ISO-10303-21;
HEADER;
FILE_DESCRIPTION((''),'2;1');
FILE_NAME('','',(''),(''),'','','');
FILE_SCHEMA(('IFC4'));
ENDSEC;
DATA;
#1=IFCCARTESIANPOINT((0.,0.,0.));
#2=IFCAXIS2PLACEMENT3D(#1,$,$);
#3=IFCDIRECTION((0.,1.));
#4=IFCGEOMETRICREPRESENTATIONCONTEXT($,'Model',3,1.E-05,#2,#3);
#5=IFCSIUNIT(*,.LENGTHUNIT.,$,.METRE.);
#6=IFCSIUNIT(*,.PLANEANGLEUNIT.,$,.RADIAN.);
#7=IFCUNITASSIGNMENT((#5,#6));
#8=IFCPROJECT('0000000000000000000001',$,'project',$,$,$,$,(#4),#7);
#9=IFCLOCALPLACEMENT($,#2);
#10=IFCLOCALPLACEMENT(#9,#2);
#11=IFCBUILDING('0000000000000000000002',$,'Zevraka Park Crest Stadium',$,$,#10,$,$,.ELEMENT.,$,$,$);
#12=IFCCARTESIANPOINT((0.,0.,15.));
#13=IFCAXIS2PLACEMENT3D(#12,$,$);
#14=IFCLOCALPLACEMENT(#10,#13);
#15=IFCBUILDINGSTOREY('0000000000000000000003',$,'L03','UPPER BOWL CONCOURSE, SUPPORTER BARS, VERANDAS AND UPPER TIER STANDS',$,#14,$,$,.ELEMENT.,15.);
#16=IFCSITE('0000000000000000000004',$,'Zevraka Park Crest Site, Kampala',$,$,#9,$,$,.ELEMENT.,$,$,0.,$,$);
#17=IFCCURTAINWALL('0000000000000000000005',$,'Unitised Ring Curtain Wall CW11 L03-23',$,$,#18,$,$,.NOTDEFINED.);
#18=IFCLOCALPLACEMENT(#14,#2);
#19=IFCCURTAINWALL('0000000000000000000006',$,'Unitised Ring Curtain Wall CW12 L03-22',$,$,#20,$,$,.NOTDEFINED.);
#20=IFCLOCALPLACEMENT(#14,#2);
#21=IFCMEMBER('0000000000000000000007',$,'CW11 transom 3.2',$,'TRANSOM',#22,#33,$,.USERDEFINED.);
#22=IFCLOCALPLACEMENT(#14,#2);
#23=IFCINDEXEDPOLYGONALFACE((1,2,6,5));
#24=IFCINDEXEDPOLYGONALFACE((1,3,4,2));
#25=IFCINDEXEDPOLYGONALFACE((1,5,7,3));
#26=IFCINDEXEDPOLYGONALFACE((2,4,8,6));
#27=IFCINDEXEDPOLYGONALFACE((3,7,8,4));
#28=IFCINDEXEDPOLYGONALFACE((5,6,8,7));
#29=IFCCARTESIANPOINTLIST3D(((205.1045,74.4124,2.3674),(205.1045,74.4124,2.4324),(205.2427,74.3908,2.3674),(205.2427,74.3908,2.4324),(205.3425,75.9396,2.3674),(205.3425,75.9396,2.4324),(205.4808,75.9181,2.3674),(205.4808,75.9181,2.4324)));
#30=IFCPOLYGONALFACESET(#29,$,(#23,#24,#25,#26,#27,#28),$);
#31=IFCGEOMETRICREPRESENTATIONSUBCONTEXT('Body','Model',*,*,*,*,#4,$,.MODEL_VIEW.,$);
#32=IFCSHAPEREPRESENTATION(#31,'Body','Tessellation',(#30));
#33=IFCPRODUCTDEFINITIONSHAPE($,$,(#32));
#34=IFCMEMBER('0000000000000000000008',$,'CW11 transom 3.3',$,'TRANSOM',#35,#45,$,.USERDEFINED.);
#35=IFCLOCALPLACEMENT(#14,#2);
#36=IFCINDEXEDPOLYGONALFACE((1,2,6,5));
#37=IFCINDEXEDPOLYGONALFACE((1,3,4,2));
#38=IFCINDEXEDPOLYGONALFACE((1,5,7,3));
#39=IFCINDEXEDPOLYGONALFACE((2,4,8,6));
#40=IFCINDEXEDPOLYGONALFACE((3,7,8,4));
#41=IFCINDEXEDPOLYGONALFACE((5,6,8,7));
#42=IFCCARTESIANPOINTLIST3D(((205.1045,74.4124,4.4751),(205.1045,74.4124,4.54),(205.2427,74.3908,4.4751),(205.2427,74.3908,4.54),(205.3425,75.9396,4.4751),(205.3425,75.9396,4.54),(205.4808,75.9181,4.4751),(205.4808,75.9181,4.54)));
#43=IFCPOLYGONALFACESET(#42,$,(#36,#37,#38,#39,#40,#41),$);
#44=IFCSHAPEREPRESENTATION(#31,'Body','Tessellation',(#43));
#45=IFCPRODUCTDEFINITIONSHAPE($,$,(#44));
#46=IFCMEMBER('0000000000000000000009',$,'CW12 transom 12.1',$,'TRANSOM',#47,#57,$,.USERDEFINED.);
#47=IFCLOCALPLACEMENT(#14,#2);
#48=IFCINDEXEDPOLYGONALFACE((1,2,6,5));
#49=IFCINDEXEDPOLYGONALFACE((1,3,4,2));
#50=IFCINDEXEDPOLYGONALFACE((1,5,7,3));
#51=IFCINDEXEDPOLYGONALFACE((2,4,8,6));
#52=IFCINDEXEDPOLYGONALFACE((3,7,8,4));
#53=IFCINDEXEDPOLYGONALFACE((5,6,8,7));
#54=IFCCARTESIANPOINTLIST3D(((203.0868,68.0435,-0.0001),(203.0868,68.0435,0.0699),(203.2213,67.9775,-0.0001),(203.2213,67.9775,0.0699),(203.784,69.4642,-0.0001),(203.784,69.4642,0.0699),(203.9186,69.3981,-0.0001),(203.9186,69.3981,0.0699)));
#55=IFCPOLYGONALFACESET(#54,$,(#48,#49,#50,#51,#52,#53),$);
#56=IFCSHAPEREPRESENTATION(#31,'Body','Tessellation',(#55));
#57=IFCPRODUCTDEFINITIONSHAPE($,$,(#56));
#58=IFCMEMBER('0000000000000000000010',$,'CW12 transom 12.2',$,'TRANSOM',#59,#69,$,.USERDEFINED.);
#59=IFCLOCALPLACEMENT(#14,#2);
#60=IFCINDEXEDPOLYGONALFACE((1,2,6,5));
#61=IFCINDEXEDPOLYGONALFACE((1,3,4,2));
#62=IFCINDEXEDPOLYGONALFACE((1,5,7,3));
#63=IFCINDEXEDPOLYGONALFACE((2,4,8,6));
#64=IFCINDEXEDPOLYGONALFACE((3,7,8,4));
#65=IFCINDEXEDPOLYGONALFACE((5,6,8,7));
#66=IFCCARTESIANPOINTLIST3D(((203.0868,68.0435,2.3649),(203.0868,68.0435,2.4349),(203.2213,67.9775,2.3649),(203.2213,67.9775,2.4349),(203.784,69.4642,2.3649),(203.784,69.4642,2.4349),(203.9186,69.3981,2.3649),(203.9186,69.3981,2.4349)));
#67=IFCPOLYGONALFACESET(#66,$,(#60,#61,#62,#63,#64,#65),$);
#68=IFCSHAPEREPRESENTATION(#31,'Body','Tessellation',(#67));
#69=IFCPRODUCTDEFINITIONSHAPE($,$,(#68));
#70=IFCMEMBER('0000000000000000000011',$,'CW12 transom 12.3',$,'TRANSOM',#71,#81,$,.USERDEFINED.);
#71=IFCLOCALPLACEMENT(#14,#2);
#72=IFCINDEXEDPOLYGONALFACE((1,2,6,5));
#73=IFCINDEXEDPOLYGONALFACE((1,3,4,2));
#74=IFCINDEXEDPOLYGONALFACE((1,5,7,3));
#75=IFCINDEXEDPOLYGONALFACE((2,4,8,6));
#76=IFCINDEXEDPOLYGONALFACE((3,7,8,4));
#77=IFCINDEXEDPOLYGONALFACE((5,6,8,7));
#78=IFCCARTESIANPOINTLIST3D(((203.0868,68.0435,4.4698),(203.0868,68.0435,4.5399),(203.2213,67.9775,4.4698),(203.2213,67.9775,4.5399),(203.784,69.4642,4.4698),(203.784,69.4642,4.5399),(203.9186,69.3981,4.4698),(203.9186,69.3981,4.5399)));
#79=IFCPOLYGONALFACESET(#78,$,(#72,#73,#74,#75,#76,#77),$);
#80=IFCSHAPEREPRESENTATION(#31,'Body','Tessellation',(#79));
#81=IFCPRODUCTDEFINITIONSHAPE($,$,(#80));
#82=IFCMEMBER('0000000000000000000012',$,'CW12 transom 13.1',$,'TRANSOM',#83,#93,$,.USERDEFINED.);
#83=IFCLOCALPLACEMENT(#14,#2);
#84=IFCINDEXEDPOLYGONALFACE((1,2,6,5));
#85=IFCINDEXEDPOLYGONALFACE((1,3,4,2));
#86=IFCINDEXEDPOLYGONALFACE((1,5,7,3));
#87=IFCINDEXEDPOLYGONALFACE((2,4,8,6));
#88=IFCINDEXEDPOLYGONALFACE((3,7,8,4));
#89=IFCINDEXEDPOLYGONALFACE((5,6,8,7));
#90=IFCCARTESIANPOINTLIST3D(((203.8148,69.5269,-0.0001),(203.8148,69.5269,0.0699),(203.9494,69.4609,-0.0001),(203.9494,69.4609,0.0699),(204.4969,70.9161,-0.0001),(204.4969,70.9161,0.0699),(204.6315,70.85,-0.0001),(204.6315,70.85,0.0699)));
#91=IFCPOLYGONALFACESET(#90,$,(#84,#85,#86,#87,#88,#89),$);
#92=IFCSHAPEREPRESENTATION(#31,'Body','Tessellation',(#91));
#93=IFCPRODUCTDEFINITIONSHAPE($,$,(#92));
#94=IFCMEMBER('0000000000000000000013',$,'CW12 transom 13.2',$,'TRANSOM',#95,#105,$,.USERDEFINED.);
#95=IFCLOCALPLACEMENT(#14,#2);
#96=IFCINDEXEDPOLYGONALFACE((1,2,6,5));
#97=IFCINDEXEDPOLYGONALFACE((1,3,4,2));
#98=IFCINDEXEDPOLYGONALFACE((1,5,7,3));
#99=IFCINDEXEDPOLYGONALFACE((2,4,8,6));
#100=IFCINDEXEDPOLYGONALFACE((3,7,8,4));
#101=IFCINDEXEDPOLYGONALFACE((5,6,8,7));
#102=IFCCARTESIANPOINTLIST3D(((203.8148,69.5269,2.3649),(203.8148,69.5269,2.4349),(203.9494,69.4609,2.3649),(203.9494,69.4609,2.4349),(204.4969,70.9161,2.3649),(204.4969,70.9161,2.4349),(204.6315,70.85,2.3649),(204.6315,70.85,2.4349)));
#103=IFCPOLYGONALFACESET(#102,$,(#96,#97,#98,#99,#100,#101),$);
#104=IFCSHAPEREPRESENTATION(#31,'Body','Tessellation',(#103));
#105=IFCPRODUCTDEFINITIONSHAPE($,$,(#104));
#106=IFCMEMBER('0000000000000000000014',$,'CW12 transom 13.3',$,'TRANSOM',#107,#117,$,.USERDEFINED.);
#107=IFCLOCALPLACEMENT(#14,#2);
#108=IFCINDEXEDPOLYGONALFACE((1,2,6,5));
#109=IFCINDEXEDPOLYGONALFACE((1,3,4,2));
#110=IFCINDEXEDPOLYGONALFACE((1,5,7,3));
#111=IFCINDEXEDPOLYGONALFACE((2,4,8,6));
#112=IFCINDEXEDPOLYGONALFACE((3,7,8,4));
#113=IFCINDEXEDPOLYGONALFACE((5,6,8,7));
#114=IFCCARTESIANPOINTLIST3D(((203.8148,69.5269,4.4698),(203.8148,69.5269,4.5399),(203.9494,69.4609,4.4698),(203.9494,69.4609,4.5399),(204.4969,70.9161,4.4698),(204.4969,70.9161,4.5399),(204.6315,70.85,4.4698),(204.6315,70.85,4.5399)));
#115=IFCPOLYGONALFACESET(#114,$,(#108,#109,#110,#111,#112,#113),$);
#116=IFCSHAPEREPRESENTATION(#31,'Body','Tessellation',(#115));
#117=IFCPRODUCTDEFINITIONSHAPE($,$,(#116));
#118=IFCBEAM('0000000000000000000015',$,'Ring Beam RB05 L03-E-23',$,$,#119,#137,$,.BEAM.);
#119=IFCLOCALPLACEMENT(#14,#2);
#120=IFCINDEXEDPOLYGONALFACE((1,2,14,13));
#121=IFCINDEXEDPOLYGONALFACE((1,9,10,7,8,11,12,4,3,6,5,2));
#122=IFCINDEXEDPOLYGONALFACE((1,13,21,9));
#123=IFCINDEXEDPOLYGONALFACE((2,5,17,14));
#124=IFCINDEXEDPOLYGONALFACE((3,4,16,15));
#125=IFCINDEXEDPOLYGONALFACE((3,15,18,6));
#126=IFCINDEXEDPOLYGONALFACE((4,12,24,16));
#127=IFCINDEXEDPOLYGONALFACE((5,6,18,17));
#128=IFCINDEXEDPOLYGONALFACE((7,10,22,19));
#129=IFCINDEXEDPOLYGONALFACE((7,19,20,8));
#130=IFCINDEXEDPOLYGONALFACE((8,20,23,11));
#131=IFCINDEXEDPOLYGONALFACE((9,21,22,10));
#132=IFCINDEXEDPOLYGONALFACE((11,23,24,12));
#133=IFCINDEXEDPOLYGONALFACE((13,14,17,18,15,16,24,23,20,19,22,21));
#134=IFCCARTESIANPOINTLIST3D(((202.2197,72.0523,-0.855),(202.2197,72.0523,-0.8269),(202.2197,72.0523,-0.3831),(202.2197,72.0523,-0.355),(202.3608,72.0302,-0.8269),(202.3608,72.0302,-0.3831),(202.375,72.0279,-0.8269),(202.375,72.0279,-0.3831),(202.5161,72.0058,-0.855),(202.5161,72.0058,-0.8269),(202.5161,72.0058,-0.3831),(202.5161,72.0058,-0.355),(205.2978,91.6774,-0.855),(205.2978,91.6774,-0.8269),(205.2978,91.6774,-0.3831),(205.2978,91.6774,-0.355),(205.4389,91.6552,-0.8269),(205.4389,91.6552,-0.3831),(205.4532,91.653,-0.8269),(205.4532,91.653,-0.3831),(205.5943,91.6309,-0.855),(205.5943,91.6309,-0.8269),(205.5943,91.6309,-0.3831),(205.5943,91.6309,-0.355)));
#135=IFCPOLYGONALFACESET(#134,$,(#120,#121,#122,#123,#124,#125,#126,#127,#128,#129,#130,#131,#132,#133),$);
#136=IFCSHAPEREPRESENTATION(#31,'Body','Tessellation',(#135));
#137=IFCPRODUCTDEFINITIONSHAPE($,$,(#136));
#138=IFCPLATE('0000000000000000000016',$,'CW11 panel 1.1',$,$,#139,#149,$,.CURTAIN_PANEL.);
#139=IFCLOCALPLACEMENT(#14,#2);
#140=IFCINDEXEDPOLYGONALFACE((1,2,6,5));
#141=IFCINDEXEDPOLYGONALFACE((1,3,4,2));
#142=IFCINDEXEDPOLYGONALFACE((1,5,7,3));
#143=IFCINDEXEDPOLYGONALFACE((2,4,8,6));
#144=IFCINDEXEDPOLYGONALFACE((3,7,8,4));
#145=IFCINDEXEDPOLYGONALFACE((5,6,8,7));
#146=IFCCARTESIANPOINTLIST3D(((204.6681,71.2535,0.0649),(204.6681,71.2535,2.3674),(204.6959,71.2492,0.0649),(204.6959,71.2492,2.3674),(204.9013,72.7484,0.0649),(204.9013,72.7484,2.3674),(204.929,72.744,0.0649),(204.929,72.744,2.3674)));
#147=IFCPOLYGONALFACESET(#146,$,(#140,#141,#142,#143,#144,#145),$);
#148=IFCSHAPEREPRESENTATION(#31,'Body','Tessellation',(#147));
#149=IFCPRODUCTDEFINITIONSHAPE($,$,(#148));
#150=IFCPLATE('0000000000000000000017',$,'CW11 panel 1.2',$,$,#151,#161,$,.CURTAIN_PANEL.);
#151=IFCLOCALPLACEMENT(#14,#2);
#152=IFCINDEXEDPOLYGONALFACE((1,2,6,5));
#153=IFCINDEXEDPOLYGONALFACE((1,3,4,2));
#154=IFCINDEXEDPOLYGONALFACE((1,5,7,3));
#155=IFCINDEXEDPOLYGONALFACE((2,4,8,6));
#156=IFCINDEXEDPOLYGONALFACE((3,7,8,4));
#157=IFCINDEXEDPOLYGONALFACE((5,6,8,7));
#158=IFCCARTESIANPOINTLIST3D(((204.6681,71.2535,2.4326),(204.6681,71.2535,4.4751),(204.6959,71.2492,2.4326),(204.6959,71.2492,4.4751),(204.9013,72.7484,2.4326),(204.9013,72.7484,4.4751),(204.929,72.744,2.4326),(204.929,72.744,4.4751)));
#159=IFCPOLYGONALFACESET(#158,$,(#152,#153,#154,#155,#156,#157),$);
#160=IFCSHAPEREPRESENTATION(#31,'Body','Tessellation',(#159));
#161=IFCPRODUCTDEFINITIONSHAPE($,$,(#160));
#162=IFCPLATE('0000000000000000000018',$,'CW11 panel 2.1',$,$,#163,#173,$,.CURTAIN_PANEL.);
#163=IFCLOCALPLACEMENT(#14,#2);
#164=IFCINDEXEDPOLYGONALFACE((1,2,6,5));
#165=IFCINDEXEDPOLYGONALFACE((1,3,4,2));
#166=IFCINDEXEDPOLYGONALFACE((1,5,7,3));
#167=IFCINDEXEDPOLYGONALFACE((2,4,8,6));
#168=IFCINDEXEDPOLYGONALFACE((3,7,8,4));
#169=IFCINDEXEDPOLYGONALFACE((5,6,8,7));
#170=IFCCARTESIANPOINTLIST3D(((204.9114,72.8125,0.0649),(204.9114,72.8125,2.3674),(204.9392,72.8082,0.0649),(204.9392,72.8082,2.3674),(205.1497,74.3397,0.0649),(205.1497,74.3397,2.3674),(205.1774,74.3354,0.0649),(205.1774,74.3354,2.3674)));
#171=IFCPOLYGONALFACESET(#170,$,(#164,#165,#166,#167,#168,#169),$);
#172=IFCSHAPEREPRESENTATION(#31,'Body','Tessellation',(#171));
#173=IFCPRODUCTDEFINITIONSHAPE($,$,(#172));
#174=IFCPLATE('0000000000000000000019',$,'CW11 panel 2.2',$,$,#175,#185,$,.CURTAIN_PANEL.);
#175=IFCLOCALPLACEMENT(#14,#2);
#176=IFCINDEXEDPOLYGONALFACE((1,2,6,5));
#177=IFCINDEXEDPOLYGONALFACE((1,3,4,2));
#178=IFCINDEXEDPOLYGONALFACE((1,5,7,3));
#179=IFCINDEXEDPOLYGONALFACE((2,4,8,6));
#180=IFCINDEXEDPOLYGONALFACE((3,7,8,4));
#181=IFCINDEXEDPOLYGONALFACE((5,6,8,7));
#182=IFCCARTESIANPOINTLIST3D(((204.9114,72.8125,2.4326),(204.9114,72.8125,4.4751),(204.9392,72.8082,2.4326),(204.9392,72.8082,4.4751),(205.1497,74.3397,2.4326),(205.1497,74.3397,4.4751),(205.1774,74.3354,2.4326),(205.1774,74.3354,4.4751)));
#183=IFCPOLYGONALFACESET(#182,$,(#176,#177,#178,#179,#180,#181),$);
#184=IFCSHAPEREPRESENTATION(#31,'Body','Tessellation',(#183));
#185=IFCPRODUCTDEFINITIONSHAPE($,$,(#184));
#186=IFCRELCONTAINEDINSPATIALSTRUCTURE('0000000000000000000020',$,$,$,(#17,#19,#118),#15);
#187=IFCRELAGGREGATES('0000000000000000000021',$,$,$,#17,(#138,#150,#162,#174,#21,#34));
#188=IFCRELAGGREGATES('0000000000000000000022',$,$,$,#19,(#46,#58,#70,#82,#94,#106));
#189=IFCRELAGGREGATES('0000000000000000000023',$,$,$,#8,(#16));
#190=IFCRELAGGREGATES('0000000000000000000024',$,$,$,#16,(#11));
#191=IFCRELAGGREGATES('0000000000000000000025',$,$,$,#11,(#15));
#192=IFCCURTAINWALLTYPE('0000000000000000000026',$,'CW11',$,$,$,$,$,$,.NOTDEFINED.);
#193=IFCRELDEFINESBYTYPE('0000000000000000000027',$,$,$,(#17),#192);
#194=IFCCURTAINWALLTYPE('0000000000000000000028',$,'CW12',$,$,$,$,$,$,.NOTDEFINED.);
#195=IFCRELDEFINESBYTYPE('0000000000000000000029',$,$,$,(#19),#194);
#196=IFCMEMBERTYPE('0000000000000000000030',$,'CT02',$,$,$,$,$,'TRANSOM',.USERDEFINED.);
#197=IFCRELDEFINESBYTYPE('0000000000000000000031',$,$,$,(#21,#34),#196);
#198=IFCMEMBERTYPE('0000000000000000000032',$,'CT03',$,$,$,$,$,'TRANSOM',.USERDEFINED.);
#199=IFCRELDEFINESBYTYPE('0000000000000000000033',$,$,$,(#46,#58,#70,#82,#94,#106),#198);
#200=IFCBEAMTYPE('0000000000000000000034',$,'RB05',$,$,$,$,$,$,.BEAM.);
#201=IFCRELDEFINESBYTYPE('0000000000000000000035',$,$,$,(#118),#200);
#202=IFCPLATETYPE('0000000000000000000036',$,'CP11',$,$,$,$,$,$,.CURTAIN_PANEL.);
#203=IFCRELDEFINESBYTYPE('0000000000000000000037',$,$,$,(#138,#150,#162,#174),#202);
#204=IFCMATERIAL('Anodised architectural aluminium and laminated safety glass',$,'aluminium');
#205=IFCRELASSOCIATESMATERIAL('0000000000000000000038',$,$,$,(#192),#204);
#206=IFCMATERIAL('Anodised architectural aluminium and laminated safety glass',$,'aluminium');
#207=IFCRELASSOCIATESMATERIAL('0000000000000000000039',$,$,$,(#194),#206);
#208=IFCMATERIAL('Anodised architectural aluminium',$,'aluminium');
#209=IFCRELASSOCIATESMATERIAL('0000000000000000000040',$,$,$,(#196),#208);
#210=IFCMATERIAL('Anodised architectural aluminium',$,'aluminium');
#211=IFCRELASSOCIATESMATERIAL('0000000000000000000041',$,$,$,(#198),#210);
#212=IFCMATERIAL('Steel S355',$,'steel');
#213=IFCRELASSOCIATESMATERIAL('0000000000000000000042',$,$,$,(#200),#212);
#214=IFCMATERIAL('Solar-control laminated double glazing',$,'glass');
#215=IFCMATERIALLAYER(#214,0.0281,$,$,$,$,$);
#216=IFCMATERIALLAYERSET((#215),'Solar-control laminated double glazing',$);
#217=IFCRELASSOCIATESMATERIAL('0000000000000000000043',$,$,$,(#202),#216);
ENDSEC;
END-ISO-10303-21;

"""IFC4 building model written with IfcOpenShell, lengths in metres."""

from ifc_helpers import new_model, si_unit, direction, frame, origin, origin_2d, place, context, subcontext, project, spatial, rectangle, i_section, extrude, material, layer, layer_set, material_profile, profile_set, type_object, element, aggregate, save


model = new_model("IFC4")

# Units and contexts
model_context = context("Model", 3, precision=1e-05, world=origin(), true_north=direction((0.0, 1.0)))
body_context = subcontext(model_context, "Body", "Model", "MODEL_VIEW")
ifc_project = project(units=[si_unit("LENGTHUNIT", "METRE"), si_unit("PLANEANGLEUNIT", "RADIAN")], contexts=[model_context])

# Site, building, storey
site_placement = place(None, origin())
site = spatial("IfcSite", under=ifc_project, at=site_placement, Name="Zevraka Park Crest Site, Kampala", CompositionType="ELEMENT", RefElevation=0.0)
building_placement = place(site_placement, origin())
building = spatial("IfcBuilding", under=site, at=building_placement, Name="Zevraka Park Crest Stadium", CompositionType="ELEMENT")
storey_placement = place(building_placement, frame((0.0, 0.0, 15.0)))
storey = spatial("IfcBuildingStorey", under=building, at=storey_placement, Name="L03", Description="UPPER BOWL CONCOURSE, SUPPORTER BARS, VERANDAS AND UPPER TIER STANDS", CompositionType="ELEMENT", Elevation=15.0)

# Curtain walls
ifc_material_1 = material(Name="Anodised architectural aluminium and laminated safety glass", Category="aluminium")
curtain_wall_type_1 = type_object("IfcCurtainWallType", Name="CW11", PredefinedType="NOTDEFINED", material=ifc_material_1)
curtain_wall_1_placement = place(storey_placement, origin())
curtain_wall_1 = element("IfcCurtainWall", 1, at=curtain_wall_1_placement, inside=storey, type_object=curtain_wall_type_1, Name="Unitised Ring Curtain Wall CW11 L03-23", PredefinedType="NOTDEFINED")
ifc_material_2 = material(Name="Anodised architectural aluminium and laminated safety glass", Category="aluminium")
curtain_wall_type_2 = type_object("IfcCurtainWallType", Name="CW12", PredefinedType="NOTDEFINED", material=ifc_material_2)
curtain_wall_2_placement = place(storey_placement, origin())
curtain_wall_2 = element("IfcCurtainWall", 2, at=curtain_wall_2_placement, inside=storey, type_object=curtain_wall_type_2, Name="Unitised Ring Curtain Wall CW12 L03-22", PredefinedType="NOTDEFINED")

# Members
ifc_material_3 = material(Name="Anodised architectural aluminium", Category="aluminium")
ifc_material_profile_1 = material_profile(ifc_material_3, rectangle(XDim=0.1399, YDim=0.0649, at=origin_2d()), Name="ALU TRANSOM 140x65")
ifc_profile_set_1 = profile_set([ifc_material_profile_1], Name="Anodised architectural aluminium")
member_type_1 = type_object("IfcMemberType", Name="CT02", ElementType="TRANSOM", PredefinedType="USERDEFINED", material=ifc_profile_set_1)
member_1_placement = place(storey_placement, frame((205.1736, 74.4016, 2.3999), z_axis=(0.154015, 0.988068, 0.0), x_axis=(-0.988068, 0.154015, 0.0)))
member_1 = element("IfcMember", 3, at=member_1_placement, type_object=member_type_1, Name="CW11 transom 3.2", ObjectType="TRANSOM", PredefinedType="USERDEFINED", context=body_context, shape_type="SweptSolid", body=[
    extrude(rectangle(XDim=0.1399, YDim=0.0649, at=origin_2d()), origin(), (0.0, 0.0, 1.0), 1.5457),
])
member_2_placement = place(storey_placement, frame((205.1736, 74.4016, 4.5076), z_axis=(0.154015, 0.988068, 0.0), x_axis=(-0.988068, 0.154015, 0.0)))
member_2 = element("IfcMember", 4, at=member_2_placement, type_object=member_type_1, Name="CW11 transom 3.3", ObjectType="TRANSOM", PredefinedType="USERDEFINED", context=body_context, shape_type="SweptSolid", body=[
    extrude(rectangle(XDim=0.1399, YDim=0.0649, at=origin_2d()), origin(), (0.0, 0.0, 1.0), 1.5457),
])
ifc_material_4 = material(Name="Anodised architectural aluminium", Category="aluminium")
ifc_material_profile_2 = material_profile(ifc_material_4, rectangle(XDim=0.1499, YDim=0.0701, at=origin_2d()), Name="ALU TRANSOM 150x70")
ifc_profile_set_2 = profile_set([ifc_material_profile_2], Name="Anodised architectural aluminium")
member_type_2 = type_object("IfcMemberType", Name="CT03", ElementType="TRANSOM", PredefinedType="USERDEFINED", material=ifc_profile_set_2)
member_3_placement = place(storey_placement, frame((203.1541, 68.0105, 0.0349), z_axis=(0.440599, 0.897704, 0.0), x_axis=(-0.897704, 0.440599, 0.0)))
member_3 = element("IfcMember", 5, at=member_3_placement, type_object=member_type_2, Name="CW12 transom 12.1", ObjectType="TRANSOM", PredefinedType="USERDEFINED", context=body_context, shape_type="SweptSolid", body=[
    extrude(rectangle(XDim=0.1499, YDim=0.0701, at=origin_2d()), origin(), (0.0, 0.0, 1.0), 1.5825),
])
member_4_placement = place(storey_placement, frame((203.1541, 68.0105, 2.3999), z_axis=(0.440599, 0.897704, 0.0), x_axis=(-0.897704, 0.440599, 0.0)))
member_4 = element("IfcMember", 6, at=member_4_placement, type_object=member_type_2, Name="CW12 transom 12.2", ObjectType="TRANSOM", PredefinedType="USERDEFINED", context=body_context, shape_type="SweptSolid", body=[
    extrude(rectangle(XDim=0.1499, YDim=0.0701, at=origin_2d()), origin(), (0.0, 0.0, 1.0), 1.5825),
])
member_5_placement = place(storey_placement, frame((203.1541, 68.0105, 4.5049), z_axis=(0.440599, 0.897704, 0.0), x_axis=(-0.897704, 0.440599, 0.0)))
member_5 = element("IfcMember", 7, at=member_5_placement, type_object=member_type_2, Name="CW12 transom 12.3", ObjectType="TRANSOM", PredefinedType="USERDEFINED", context=body_context, shape_type="SweptSolid", body=[
    extrude(rectangle(XDim=0.1499, YDim=0.0701, at=origin_2d()), origin(), (0.0, 0.0, 1.0), 1.5825),
])
member_6_placement = place(storey_placement, frame((203.8821, 69.4939, 0.0349), z_axis=(0.440766, 0.897622, 0.0), x_axis=(-0.897622, 0.440766, 0.0)))
member_6 = element("IfcMember", 8, at=member_6_placement, type_object=member_type_2, Name="CW12 transom 13.1", ObjectType="TRANSOM", PredefinedType="USERDEFINED", context=body_context, shape_type="SweptSolid", body=[
    extrude(rectangle(XDim=0.1499, YDim=0.0701, at=origin_2d()), origin(), (0.0, 0.0, 1.0), 1.5476),
])
member_7_placement = place(storey_placement, frame((203.8821, 69.4939, 2.3999), z_axis=(0.440766, 0.897622, 0.0), x_axis=(-0.897622, 0.440766, 0.0)))
member_7 = element("IfcMember", 9, at=member_7_placement, type_object=member_type_2, Name="CW12 transom 13.2", ObjectType="TRANSOM", PredefinedType="USERDEFINED", context=body_context, shape_type="SweptSolid", body=[
    extrude(rectangle(XDim=0.1499, YDim=0.0701, at=origin_2d()), origin(), (0.0, 0.0, 1.0), 1.5476),
])
member_8_placement = place(storey_placement, frame((203.8821, 69.4939, 4.5049), z_axis=(0.440766, 0.897622, 0.0), x_axis=(-0.897622, 0.440766, 0.0)))
member_8 = element("IfcMember", 10, at=member_8_placement, type_object=member_type_2, Name="CW12 transom 13.3", ObjectType="TRANSOM", PredefinedType="USERDEFINED", context=body_context, shape_type="SweptSolid", body=[
    extrude(rectangle(XDim=0.1499, YDim=0.0701, at=origin_2d()), origin(), (0.0, 0.0, 1.0), 1.5476),
])

# Beam
ifc_material_5 = material(Name="Steel S355", Category="steel")
ifc_material_profile_3 = material_profile(ifc_material_5, i_section(OverallWidth=0.3, OverallDepth=0.5, WebThickness=0.0144, FlangeThickness=0.0281, at=origin_2d()), Name="HEB 500")
ifc_profile_set_3 = profile_set([ifc_material_profile_3], Name="Steel S355")
beam_type_1 = type_object("IfcBeamType", Name="RB05", PredefinedType="BEAM", material=ifc_profile_set_3)
beam_1_placement = place(storey_placement, frame((202.3679, 72.0291, -0.605), z_axis=(0.154953, 0.987922, 0.0), x_axis=(-0.987922, 0.154953, 0.0)))
element("IfcBeam", 11, at=beam_1_placement, inside=storey, type_object=beam_type_1, Name="Ring Beam RB05 L03-E-23", PredefinedType="BEAM", context=body_context, shape_type="SweptSolid", body=[
    extrude(i_section(OverallWidth=0.3, OverallDepth=0.5, WebThickness=0.0144, FlangeThickness=0.0281, at=origin_2d()), origin(), (0.0, 0.0, 1.0), 19.865),
])

# Plates
ifc_material_6 = material(Name="Solar-control laminated double glazing", Category="glass")
ifc_layer_1 = layer(ifc_material_6, 0.0281)
ifc_layer_set_1 = layer_set([ifc_layer_1], Name="Solar-control laminated double glazing")
plate_type_1 = type_object("IfcPlateType", Name="CP11", PredefinedType="CURTAIN_PANEL", material=ifc_layer_set_1)
plate_1_placement = place(storey_placement, frame((204.7986, 71.9988, 0.0649), z_axis=(0.0, 0.0, 1.0), x_axis=(0.154128, 0.988051, 0.0)))
plate_1 = element("IfcPlate", 12, at=plate_1_placement, type_object=plate_type_1, Name="CW11 panel 1.1", PredefinedType="CURTAIN_PANEL", context=body_context, shape_type="SweptSolid", body=[
    extrude(rectangle(XDim=1.5129, YDim=0.0281, at=origin_2d()), origin(), (0.0, 0.0, 1.0), 2.3025),
])
plate_2_placement = place(storey_placement, frame((204.7986, 71.9988, 2.4326), z_axis=(0.0, 0.0, 1.0), x_axis=(0.154128, 0.988051, 0.0)))
plate_2 = element("IfcPlate", 13, at=plate_2_placement, type_object=plate_type_1, Name="CW11 panel 1.2", PredefinedType="CURTAIN_PANEL", context=body_context, shape_type="SweptSolid", body=[
    extrude(rectangle(XDim=1.5129, YDim=0.0281, at=origin_2d()), origin(), (0.0, 0.0, 1.0), 2.0425),
])
plate_3_placement = place(storey_placement, frame((205.0444, 73.574, 0.0649), z_axis=(0.0, 0.0, 1.0), x_axis=(0.154128, 0.988051, 0.0)))
plate_3 = element("IfcPlate", 14, at=plate_3_placement, type_object=plate_type_1, Name="CW11 panel 2.1", PredefinedType="CURTAIN_PANEL", context=body_context, shape_type="SweptSolid", body=[
    extrude(rectangle(XDim=1.5457, YDim=0.0281, at=origin_2d()), origin(), (0.0, 0.0, 1.0), 2.3025),
])
plate_4_placement = place(storey_placement, frame((205.0444, 73.574, 2.4326), z_axis=(0.0, 0.0, 1.0), x_axis=(0.154128, 0.988051, 0.0)))
plate_4 = element("IfcPlate", 15, at=plate_4_placement, type_object=plate_type_1, Name="CW11 panel 2.2", PredefinedType="CURTAIN_PANEL", context=body_context, shape_type="SweptSolid", body=[
    extrude(rectangle(XDim=1.5457, YDim=0.0281, at=origin_2d()), origin(), (0.0, 0.0, 1.0), 2.0425),
])
aggregate(curtain_wall_1, [plate_1, plate_2, plate_3, plate_4, member_1, member_2])
aggregate(curtain_wall_2, [member_3, member_4, member_5, member_6, member_7, member_8])

save(model, "model.ifc")
